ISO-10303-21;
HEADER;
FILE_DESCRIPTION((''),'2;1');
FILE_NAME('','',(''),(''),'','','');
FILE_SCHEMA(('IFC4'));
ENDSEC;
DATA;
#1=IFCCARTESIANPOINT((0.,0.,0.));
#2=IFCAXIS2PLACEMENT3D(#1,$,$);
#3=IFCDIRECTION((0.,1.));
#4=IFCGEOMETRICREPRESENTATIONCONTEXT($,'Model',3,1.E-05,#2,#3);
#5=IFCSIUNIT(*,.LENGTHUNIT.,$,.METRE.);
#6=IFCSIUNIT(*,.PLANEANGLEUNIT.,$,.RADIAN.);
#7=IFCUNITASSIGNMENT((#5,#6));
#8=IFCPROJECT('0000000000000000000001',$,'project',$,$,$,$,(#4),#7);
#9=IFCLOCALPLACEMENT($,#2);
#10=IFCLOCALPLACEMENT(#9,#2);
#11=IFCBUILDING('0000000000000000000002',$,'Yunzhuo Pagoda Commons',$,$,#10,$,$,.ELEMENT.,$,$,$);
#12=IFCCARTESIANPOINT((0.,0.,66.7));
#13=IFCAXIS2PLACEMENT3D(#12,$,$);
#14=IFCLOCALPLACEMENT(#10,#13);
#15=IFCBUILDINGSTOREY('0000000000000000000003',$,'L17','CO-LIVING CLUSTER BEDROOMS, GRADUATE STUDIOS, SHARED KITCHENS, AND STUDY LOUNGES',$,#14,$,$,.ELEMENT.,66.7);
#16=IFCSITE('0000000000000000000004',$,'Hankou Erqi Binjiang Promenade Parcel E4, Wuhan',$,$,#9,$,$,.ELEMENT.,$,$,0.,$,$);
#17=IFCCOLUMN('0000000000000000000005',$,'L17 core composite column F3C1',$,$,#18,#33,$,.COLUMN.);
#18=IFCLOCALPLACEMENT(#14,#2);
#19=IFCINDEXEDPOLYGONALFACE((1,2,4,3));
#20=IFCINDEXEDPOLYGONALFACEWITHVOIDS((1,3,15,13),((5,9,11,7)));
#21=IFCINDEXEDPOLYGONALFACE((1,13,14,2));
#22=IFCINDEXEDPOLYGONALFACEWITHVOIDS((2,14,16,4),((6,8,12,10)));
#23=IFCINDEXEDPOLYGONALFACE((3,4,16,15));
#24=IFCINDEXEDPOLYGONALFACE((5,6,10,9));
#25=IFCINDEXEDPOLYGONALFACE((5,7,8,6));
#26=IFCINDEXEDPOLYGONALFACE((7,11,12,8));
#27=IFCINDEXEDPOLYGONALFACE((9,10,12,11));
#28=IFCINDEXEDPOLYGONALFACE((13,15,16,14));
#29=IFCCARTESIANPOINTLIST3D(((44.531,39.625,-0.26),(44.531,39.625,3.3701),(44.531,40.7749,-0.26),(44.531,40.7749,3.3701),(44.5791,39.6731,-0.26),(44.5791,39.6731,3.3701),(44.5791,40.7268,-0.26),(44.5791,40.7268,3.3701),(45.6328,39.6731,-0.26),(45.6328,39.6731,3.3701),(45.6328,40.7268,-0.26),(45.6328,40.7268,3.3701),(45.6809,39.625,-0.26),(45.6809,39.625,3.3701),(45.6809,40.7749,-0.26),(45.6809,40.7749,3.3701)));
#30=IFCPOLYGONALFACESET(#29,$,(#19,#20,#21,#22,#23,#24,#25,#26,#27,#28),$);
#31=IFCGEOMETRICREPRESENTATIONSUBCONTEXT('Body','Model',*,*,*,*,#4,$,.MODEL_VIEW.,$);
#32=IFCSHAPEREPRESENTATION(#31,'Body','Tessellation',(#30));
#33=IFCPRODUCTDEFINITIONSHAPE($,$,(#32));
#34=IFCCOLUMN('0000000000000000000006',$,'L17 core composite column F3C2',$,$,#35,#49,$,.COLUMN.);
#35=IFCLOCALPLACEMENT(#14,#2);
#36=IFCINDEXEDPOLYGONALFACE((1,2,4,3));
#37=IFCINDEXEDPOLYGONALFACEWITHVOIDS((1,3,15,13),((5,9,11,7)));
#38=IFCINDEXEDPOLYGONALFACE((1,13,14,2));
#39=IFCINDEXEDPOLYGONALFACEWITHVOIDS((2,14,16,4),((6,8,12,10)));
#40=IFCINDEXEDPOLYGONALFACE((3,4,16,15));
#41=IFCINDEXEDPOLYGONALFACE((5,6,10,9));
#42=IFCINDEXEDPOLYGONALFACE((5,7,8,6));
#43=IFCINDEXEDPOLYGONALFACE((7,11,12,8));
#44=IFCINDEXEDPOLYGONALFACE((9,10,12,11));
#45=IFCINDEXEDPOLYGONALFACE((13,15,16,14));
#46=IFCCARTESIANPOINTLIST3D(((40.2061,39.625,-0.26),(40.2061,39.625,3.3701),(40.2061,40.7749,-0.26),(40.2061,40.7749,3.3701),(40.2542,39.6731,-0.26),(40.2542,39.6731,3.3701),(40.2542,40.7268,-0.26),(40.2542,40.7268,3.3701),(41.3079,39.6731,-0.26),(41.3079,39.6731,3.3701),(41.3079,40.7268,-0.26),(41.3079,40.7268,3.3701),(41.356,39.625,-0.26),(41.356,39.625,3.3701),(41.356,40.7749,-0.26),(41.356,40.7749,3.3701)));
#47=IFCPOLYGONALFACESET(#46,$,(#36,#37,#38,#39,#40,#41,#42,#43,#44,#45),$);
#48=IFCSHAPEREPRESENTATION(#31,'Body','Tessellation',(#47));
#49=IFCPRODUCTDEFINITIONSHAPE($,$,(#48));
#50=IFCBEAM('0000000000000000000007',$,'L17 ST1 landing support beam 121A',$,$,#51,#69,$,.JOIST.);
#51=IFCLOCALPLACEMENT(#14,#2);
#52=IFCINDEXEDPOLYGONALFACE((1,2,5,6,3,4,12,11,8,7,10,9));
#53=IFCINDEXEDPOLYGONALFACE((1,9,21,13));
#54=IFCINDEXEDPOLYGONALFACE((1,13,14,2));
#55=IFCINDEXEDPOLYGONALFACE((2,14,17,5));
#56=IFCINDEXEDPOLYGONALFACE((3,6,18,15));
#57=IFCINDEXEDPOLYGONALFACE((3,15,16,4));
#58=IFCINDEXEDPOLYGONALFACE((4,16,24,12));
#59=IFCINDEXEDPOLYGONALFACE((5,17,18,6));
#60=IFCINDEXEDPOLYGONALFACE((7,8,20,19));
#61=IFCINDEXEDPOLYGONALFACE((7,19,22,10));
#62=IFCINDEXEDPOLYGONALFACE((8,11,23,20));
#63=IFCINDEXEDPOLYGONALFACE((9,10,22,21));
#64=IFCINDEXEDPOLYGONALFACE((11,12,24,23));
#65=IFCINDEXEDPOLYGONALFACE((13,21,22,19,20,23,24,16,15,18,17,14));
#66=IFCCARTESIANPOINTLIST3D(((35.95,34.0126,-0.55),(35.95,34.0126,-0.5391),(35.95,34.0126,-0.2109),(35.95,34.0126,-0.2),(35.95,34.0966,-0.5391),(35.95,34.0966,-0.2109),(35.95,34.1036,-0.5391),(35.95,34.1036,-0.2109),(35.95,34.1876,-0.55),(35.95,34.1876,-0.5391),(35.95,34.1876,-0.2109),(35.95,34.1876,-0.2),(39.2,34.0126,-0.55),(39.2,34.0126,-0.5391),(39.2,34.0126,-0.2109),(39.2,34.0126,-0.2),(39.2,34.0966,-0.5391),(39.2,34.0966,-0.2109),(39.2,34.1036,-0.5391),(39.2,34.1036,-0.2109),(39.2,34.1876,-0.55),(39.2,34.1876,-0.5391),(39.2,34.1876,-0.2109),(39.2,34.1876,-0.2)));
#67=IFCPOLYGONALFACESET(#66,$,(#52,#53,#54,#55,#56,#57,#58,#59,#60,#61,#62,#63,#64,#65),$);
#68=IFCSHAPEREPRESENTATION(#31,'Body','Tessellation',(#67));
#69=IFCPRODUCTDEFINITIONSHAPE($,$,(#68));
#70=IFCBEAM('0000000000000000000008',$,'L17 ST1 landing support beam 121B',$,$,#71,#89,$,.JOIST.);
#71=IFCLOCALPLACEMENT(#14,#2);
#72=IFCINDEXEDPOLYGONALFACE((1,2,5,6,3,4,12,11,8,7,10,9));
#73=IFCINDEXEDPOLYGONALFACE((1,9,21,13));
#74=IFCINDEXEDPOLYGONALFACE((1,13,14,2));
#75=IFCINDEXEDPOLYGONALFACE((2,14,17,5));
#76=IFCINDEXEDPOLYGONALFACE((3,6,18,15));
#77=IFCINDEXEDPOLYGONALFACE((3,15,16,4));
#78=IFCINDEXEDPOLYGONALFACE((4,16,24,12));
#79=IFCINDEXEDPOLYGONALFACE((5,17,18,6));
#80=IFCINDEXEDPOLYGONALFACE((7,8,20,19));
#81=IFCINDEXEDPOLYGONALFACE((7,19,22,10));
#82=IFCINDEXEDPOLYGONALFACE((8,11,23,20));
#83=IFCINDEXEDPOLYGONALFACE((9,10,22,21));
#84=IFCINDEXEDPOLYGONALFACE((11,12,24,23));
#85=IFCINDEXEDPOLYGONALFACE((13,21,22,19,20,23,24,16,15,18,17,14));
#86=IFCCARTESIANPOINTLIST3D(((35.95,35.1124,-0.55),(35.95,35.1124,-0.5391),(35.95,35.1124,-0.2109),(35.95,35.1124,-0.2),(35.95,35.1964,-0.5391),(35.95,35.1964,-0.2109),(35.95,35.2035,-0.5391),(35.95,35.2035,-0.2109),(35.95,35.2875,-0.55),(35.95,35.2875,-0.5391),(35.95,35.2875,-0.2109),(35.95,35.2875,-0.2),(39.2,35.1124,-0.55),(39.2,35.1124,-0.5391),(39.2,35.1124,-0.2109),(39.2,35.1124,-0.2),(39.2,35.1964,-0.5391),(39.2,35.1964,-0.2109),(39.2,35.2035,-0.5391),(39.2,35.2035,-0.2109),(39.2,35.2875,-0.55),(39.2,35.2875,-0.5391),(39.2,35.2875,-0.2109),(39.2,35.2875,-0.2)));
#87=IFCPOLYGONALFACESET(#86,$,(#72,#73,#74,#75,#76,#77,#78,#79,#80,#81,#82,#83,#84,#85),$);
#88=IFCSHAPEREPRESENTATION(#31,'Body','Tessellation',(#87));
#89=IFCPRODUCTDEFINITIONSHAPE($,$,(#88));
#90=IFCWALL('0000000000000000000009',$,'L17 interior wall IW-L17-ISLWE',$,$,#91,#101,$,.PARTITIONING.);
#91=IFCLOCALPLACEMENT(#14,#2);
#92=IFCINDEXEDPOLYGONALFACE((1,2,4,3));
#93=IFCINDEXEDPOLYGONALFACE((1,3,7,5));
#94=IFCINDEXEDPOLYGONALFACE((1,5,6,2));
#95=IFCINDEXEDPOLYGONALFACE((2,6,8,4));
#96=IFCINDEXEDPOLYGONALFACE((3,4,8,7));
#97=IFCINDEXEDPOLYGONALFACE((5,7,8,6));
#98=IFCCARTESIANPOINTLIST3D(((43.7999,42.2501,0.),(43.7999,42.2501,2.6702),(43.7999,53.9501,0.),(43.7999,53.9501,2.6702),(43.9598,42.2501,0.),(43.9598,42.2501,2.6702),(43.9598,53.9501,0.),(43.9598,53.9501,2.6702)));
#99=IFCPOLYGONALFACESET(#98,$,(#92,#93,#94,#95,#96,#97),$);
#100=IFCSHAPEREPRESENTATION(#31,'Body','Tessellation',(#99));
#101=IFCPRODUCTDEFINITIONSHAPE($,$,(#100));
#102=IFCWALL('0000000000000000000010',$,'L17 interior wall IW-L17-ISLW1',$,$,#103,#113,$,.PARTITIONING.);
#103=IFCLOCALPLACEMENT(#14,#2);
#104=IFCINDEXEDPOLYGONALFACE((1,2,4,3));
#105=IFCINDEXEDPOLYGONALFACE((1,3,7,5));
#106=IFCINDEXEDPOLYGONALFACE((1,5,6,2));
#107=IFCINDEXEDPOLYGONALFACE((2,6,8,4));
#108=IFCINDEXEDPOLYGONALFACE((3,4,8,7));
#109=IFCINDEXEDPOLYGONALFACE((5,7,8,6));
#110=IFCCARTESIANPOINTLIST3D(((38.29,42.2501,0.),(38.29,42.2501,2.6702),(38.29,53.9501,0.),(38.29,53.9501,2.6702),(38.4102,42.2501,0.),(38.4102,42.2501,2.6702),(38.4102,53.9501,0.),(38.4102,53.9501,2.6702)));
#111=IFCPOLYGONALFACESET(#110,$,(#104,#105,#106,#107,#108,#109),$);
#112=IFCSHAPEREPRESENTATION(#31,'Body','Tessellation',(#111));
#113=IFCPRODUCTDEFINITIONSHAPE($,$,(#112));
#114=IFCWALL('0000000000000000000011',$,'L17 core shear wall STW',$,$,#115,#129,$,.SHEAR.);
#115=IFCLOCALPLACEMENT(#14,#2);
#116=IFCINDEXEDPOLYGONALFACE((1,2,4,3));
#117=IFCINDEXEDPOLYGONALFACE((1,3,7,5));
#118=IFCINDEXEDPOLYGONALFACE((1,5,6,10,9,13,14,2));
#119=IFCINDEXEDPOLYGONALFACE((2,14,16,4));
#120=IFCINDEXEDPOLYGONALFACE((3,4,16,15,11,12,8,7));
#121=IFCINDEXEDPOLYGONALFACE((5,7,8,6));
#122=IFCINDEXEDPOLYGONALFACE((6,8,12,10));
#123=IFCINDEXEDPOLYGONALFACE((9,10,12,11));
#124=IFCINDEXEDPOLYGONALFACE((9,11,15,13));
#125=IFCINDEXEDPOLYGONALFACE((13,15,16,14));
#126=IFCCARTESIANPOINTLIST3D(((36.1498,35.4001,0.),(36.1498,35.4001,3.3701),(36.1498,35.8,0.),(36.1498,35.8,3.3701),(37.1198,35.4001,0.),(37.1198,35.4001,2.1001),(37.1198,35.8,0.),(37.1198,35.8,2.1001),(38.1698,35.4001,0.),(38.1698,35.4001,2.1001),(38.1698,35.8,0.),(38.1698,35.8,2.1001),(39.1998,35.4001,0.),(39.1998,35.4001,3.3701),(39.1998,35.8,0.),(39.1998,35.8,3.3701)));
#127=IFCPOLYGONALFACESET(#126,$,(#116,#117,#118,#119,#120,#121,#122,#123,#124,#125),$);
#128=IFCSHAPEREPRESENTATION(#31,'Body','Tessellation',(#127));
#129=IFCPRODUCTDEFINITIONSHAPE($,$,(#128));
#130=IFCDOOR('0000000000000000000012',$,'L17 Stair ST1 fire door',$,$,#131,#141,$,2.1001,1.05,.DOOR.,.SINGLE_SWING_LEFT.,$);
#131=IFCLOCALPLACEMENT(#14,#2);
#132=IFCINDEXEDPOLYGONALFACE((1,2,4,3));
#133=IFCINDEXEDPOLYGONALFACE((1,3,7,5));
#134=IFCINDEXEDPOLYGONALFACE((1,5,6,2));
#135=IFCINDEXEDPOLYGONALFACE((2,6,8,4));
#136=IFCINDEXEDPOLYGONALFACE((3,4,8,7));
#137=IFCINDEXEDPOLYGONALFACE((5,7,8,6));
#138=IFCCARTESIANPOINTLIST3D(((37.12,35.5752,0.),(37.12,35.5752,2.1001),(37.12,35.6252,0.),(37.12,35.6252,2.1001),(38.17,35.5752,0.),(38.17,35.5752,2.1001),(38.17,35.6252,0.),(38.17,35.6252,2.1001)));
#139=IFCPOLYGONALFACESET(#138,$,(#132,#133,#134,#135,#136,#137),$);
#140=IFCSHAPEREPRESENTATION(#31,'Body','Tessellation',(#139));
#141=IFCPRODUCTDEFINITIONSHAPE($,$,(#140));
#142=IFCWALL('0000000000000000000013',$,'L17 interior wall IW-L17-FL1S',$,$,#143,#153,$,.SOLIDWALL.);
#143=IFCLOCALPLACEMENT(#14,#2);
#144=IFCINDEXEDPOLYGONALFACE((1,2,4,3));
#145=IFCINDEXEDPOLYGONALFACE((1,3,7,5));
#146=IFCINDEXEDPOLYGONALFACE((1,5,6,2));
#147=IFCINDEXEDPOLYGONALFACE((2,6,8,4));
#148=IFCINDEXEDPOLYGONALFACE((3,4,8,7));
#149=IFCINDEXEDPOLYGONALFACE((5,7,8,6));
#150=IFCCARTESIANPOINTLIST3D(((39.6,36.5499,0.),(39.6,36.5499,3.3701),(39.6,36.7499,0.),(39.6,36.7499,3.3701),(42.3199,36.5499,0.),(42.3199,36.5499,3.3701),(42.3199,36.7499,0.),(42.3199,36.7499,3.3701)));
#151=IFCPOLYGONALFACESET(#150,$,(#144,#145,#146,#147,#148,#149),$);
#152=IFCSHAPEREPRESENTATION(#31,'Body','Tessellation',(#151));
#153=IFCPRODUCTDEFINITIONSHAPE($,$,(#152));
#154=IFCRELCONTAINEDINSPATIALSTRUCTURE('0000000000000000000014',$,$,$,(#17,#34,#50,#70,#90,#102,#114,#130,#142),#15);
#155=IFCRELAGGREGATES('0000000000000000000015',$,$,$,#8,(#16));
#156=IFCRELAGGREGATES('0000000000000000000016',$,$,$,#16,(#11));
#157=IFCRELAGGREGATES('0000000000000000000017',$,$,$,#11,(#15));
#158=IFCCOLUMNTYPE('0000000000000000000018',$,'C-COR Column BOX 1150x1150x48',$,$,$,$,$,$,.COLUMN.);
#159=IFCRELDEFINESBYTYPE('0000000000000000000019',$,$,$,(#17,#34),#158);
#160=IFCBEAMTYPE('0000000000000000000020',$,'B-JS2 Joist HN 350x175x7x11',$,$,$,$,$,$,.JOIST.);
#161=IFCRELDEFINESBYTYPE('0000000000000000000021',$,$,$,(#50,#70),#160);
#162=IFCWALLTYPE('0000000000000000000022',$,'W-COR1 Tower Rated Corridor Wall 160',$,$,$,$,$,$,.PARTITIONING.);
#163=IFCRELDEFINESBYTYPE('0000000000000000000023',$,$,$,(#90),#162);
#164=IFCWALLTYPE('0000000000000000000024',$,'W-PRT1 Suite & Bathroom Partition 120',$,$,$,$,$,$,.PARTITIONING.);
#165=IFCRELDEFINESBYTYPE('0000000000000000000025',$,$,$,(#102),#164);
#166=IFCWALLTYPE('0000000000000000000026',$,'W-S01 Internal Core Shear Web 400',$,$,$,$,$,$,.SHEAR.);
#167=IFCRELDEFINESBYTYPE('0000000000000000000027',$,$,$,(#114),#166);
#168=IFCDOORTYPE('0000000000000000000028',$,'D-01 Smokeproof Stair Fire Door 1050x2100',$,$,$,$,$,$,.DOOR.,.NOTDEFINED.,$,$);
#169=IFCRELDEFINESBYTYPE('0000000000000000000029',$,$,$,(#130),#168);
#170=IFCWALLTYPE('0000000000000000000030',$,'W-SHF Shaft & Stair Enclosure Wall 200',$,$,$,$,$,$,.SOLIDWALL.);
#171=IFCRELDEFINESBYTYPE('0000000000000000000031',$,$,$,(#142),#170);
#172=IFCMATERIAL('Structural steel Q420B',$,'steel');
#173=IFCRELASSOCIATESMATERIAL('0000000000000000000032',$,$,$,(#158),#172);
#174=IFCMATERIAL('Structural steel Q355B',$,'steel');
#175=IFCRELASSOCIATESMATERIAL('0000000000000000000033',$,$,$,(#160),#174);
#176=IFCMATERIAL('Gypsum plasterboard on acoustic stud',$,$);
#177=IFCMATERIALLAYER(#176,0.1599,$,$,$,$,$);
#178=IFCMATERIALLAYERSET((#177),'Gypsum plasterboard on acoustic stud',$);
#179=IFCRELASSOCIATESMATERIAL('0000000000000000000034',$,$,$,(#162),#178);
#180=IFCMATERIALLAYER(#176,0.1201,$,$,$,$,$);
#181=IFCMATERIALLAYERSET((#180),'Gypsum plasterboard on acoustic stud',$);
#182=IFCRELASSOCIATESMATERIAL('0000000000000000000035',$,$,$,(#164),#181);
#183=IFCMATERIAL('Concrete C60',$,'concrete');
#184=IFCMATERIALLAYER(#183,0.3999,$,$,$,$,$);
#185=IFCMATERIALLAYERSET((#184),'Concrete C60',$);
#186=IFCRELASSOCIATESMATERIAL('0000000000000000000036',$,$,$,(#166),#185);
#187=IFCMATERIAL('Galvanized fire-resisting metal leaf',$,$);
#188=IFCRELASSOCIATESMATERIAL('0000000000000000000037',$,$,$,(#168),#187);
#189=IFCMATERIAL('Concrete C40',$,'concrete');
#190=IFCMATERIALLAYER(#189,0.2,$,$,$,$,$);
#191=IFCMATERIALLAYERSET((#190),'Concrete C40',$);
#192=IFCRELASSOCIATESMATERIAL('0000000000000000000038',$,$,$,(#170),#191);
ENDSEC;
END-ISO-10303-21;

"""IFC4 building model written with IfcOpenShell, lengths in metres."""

from ifc_helpers import new_model, si_unit, direction, frame, frame_2d, origin, origin_2d, place, context, subcontext, project, spatial, rectangle, hollow_rectangle, i_section, extrude, source, transform, mapped, material, layer, layer_set, material_profile, profile_set, type_object, element, fill, save


model = new_model("IFC4")

# Units and contexts
model_context = context("Model", 3, precision=1e-05, world=origin(), true_north=direction((0.0, 1.0)))
body_context = subcontext(model_context, "Body", "Model", "MODEL_VIEW")
ifc_project = project(units=[si_unit("LENGTHUNIT", "METRE"), si_unit("PLANEANGLEUNIT", "RADIAN")], contexts=[model_context])

# Site, building, storey
site_placement = place(None, origin())
site = spatial("IfcSite", under=ifc_project, at=site_placement, Name="Hankou Erqi Binjiang Promenade Parcel E4, Wuhan", CompositionType="ELEMENT", RefElevation=0.0)
building_placement = place(site_placement, origin())
building = spatial("IfcBuilding", under=site, at=building_placement, Name="Yunzhuo Pagoda Commons", CompositionType="ELEMENT")
storey_placement = place(building_placement, frame((0.0, 0.0, 66.7)))
storey = spatial("IfcBuildingStorey", under=building, at=storey_placement, Name="L17", Description="CO-LIVING CLUSTER BEDROOMS, GRADUATE STUDIOS, SHARED KITCHENS, AND STUDY LOUNGES", CompositionType="ELEMENT", Elevation=66.7)

# Columns
ifc_material_1 = material(Name="Structural steel Q420B", Category="steel")
ifc_material_profile_1 = material_profile(ifc_material_1, hollow_rectangle(XDim=1.1499, YDim=1.1499, WallThickness=0.0481, at=origin_2d()), Name="Structural steel Q420B")
ifc_profile_set_1 = profile_set([ifc_material_profile_1], Name="Structural steel Q420B")
column_type = type_object("IfcColumnType", Name="C-COR Column BOX 1150x1150x48", PredefinedType="COLUMN", material=ifc_profile_set_1)
shared_shape_1 = source(origin(), body_context, "Body", "SweptSolid", [
    extrude(hollow_rectangle(XDim=1.1499, YDim=1.1499, WallThickness=0.0481, at=origin_2d()), origin(), (0.0, 0.0, 1.0), 3.6301),
])
for number, where, z_axis, x_axis, name in (
    (1, (45.106, 40.2, -0.26), (0.0, 0.0, 1.0), (1.0, 0.0, 0.0), "L17 core composite column F3C1"),
    (2, (40.781, 40.2, -0.26), (0.0, 0.0, 1.0), (1.0, 0.0, 0.0), "L17 core composite column F3C2"),
):
    element("IfcColumn", number, at=place(storey_placement, frame(where, z_axis=z_axis, x_axis=x_axis)), inside=storey, type_object=column_type, Name=name, PredefinedType="COLUMN", context=body_context, shape_type="MappedRepresentation", body=[
        mapped(shared_shape_1, transform((0.0, 0.0, 0.0), scale=1.0)),
    ])

# Beams
ifc_material_2 = material(Name="Structural steel Q355B", Category="steel")
ifc_material_profile_2 = material_profile(ifc_material_2, i_section(OverallWidth=0.175, OverallDepth=0.3501, WebThickness=0.0071, FlangeThickness=0.011, at=origin_2d()), Name="Structural steel Q355B")
ifc_profile_set_2 = profile_set([ifc_material_profile_2], Name="Structural steel Q355B")
beam_type = type_object("IfcBeamType", Name="B-JS2 Joist HN 350x175x7x11", PredefinedType="JOIST", material=ifc_profile_set_2)
shared_shape_2 = source(origin(), body_context, "Body", "SweptSolid", [
    extrude(i_section(OverallWidth=0.175, OverallDepth=0.3501, WebThickness=0.0071, FlangeThickness=0.011, at=origin_2d()), origin(), (0.0, 0.0, 1.0), 3.25),
])
for number, where, z_axis, x_axis, name in (
    (3, (35.95, 34.1001, -0.375), (1.0, 0.0, 0.0), (0.0, 1.0, 0.0), "L17 ST1 landing support beam 121A"),
    (4, (35.95, 35.2, -0.375), (1.0, 0.0, 0.0), (0.0, 1.0, 0.0), "L17 ST1 landing support beam 121B"),
):
    element("IfcBeam", number, at=place(storey_placement, frame(where, z_axis=z_axis, x_axis=x_axis)), inside=storey, type_object=beam_type, Name=name, PredefinedType="JOIST", context=body_context, shape_type="MappedRepresentation", body=[
        mapped(shared_shape_2, transform((0.0, 0.0, 0.0), scale=1.0)),
    ])

# Walls
ifc_material_3 = material(Name="Gypsum plasterboard on acoustic stud")
ifc_layer_1 = layer(ifc_material_3, 0.1599)
ifc_layer_set_1 = layer_set([ifc_layer_1], Name="Gypsum plasterboard on acoustic stud")
wall_type_1 = type_object("IfcWallType", Name="W-COR1 Tower Rated Corridor Wall 160", PredefinedType="PARTITIONING", material=ifc_layer_set_1)
wall_1_placement = place(storey_placement, frame((43.8799, 42.25, 0.0), z_axis=(0.0, 0.0, 1.0), x_axis=(0.0, 1.0, 0.0)))
element("IfcWall", 5, at=wall_1_placement, inside=storey, type_object=wall_type_1, Name="L17 interior wall IW-L17-ISLWE", PredefinedType="PARTITIONING", context=body_context, shape_type="SweptSolid", body=[
    extrude(rectangle(XDim=11.7, YDim=0.1599, at=frame_2d((5.8501, 0.0))), origin(), (0.0, 0.0, 1.0), 2.6702),
])
ifc_layer_2 = layer(ifc_material_3, 0.1201)
ifc_layer_set_2 = layer_set([ifc_layer_2], Name="Gypsum plasterboard on acoustic stud")
wall_type_2 = type_object("IfcWallType", Name="W-PRT1 Suite & Bathroom Partition 120", PredefinedType="PARTITIONING", material=ifc_layer_set_2)
wall_2_placement = place(storey_placement, frame((38.3501, 42.25, 0.0), z_axis=(0.0, 0.0, 1.0), x_axis=(0.0, 1.0, 0.0)))
element("IfcWall", 6, at=wall_2_placement, inside=storey, type_object=wall_type_2, Name="L17 interior wall IW-L17-ISLW1", PredefinedType="PARTITIONING", context=body_context, shape_type="SweptSolid", body=[
    extrude(rectangle(XDim=11.7, YDim=0.1201, at=frame_2d((5.8501, 0.0))), origin(), (0.0, 0.0, 1.0), 2.6702),
])

# Wall, opening, door
ifc_material_4 = material(Name="Concrete C60", Category="concrete")
ifc_layer_3 = layer(ifc_material_4, 0.3999)
ifc_layer_set_3 = layer_set([ifc_layer_3], Name="Concrete C60")
wall_type_3 = type_object("IfcWallType", Name="W-S01 Internal Core Shear Web 400", PredefinedType="SHEAR", material=ifc_layer_set_3)
wall_3_placement = place(storey_placement, frame((36.1499, 35.6001, 0.0), z_axis=(0.0, 0.0, 1.0), x_axis=(1.0, 0.0, 0.0)))
wall_3 = element("IfcWall", 7, at=wall_3_placement, inside=storey, type_object=wall_type_3, Name="L17 core shear wall STW", PredefinedType="SHEAR", context=body_context, shape_type="SweptSolid", body=[
    extrude(rectangle(XDim=3.05, YDim=0.3999, at=frame_2d((1.5249, 0.0))), origin(), (0.0, 0.0, 1.0), 3.3701),
])
opening_1_placement = place(wall_3_placement, frame((0.97, 0.0, 0.0)))
opening_1 = element("IfcOpeningElement", 8, at=opening_1_placement, cuts=wall_3, PredefinedType="OPENING", context=body_context, shape_type="SweptSolid", body=[
    extrude(rectangle(XDim=1.05, YDim=2.1001, at=frame_2d((0.5249, 1.05))), frame((0.0, 0.21, 0.0), z_axis=(0.0, -1.0, 0.0), x_axis=(1.0, 0.0, 0.0)), (0.0, 0.0, 1.0), 0.4199),
])
ifc_material_5 = material(Name="Galvanized fire-resisting metal leaf")
door_type_1 = type_object("IfcDoorType", Name="D-01 Smokeproof Stair Fire Door 1050x2100", OperationType="NOTDEFINED", PredefinedType="DOOR", material=ifc_material_5)
shared_shape_3 = source(origin(), body_context, "Body", "SweptSolid", [
    extrude(rectangle(XDim=1.05, YDim=2.1001, at=frame_2d((0.5249, 1.05))), frame((0.0, 0.0249, 0.0), z_axis=(0.0, -1.0, 0.0), x_axis=(1.0, 0.0, 0.0)), (0.0, 0.0, 1.0), 0.05),
])
door_1_placement = place(opening_1_placement, frame((1.05, 0.0, 0.0), z_axis=(0.0, 0.0, 1.0), x_axis=(-1.0, 0.0, 0.0)))
door_1 = element("IfcDoor", 9, at=door_1_placement, inside=storey, type_object=door_type_1, Name="L17 Stair ST1 fire door", OperationType="SINGLE_SWING_LEFT", OverallHeight=2.1001, OverallWidth=1.05, PredefinedType="DOOR", context=body_context, shape_type="MappedRepresentation", body=[
    mapped(shared_shape_3, transform((0.0, 0.0, 0.0), scale=1.0)),
])
fill(opening_1, door_1)

# Wall
ifc_material_6 = material(Name="Concrete C40", Category="concrete")
ifc_layer_4 = layer(ifc_material_6, 0.2)
ifc_layer_set_4 = layer_set([ifc_layer_4], Name="Concrete C40")
wall_type_4 = type_object("IfcWallType", Name="W-SHF Shaft & Stair Enclosure Wall 200", PredefinedType="SOLIDWALL", material=ifc_layer_set_4)
wall_4_placement = place(storey_placement, frame((39.6001, 36.6499, 0.0), z_axis=(0.0, 0.0, 1.0), x_axis=(1.0, 0.0, 0.0)))
element("IfcWall", 10, at=wall_4_placement, inside=storey, type_object=wall_type_4, Name="L17 interior wall IW-L17-FL1S", PredefinedType="SOLIDWALL", context=body_context, shape_type="SweptSolid", body=[
    extrude(rectangle(XDim=2.72, YDim=0.2, at=frame_2d((1.3599, 0.0))), origin(), (0.0, 0.0, 1.0), 3.3701),
])

save(model, "model.ifc")
